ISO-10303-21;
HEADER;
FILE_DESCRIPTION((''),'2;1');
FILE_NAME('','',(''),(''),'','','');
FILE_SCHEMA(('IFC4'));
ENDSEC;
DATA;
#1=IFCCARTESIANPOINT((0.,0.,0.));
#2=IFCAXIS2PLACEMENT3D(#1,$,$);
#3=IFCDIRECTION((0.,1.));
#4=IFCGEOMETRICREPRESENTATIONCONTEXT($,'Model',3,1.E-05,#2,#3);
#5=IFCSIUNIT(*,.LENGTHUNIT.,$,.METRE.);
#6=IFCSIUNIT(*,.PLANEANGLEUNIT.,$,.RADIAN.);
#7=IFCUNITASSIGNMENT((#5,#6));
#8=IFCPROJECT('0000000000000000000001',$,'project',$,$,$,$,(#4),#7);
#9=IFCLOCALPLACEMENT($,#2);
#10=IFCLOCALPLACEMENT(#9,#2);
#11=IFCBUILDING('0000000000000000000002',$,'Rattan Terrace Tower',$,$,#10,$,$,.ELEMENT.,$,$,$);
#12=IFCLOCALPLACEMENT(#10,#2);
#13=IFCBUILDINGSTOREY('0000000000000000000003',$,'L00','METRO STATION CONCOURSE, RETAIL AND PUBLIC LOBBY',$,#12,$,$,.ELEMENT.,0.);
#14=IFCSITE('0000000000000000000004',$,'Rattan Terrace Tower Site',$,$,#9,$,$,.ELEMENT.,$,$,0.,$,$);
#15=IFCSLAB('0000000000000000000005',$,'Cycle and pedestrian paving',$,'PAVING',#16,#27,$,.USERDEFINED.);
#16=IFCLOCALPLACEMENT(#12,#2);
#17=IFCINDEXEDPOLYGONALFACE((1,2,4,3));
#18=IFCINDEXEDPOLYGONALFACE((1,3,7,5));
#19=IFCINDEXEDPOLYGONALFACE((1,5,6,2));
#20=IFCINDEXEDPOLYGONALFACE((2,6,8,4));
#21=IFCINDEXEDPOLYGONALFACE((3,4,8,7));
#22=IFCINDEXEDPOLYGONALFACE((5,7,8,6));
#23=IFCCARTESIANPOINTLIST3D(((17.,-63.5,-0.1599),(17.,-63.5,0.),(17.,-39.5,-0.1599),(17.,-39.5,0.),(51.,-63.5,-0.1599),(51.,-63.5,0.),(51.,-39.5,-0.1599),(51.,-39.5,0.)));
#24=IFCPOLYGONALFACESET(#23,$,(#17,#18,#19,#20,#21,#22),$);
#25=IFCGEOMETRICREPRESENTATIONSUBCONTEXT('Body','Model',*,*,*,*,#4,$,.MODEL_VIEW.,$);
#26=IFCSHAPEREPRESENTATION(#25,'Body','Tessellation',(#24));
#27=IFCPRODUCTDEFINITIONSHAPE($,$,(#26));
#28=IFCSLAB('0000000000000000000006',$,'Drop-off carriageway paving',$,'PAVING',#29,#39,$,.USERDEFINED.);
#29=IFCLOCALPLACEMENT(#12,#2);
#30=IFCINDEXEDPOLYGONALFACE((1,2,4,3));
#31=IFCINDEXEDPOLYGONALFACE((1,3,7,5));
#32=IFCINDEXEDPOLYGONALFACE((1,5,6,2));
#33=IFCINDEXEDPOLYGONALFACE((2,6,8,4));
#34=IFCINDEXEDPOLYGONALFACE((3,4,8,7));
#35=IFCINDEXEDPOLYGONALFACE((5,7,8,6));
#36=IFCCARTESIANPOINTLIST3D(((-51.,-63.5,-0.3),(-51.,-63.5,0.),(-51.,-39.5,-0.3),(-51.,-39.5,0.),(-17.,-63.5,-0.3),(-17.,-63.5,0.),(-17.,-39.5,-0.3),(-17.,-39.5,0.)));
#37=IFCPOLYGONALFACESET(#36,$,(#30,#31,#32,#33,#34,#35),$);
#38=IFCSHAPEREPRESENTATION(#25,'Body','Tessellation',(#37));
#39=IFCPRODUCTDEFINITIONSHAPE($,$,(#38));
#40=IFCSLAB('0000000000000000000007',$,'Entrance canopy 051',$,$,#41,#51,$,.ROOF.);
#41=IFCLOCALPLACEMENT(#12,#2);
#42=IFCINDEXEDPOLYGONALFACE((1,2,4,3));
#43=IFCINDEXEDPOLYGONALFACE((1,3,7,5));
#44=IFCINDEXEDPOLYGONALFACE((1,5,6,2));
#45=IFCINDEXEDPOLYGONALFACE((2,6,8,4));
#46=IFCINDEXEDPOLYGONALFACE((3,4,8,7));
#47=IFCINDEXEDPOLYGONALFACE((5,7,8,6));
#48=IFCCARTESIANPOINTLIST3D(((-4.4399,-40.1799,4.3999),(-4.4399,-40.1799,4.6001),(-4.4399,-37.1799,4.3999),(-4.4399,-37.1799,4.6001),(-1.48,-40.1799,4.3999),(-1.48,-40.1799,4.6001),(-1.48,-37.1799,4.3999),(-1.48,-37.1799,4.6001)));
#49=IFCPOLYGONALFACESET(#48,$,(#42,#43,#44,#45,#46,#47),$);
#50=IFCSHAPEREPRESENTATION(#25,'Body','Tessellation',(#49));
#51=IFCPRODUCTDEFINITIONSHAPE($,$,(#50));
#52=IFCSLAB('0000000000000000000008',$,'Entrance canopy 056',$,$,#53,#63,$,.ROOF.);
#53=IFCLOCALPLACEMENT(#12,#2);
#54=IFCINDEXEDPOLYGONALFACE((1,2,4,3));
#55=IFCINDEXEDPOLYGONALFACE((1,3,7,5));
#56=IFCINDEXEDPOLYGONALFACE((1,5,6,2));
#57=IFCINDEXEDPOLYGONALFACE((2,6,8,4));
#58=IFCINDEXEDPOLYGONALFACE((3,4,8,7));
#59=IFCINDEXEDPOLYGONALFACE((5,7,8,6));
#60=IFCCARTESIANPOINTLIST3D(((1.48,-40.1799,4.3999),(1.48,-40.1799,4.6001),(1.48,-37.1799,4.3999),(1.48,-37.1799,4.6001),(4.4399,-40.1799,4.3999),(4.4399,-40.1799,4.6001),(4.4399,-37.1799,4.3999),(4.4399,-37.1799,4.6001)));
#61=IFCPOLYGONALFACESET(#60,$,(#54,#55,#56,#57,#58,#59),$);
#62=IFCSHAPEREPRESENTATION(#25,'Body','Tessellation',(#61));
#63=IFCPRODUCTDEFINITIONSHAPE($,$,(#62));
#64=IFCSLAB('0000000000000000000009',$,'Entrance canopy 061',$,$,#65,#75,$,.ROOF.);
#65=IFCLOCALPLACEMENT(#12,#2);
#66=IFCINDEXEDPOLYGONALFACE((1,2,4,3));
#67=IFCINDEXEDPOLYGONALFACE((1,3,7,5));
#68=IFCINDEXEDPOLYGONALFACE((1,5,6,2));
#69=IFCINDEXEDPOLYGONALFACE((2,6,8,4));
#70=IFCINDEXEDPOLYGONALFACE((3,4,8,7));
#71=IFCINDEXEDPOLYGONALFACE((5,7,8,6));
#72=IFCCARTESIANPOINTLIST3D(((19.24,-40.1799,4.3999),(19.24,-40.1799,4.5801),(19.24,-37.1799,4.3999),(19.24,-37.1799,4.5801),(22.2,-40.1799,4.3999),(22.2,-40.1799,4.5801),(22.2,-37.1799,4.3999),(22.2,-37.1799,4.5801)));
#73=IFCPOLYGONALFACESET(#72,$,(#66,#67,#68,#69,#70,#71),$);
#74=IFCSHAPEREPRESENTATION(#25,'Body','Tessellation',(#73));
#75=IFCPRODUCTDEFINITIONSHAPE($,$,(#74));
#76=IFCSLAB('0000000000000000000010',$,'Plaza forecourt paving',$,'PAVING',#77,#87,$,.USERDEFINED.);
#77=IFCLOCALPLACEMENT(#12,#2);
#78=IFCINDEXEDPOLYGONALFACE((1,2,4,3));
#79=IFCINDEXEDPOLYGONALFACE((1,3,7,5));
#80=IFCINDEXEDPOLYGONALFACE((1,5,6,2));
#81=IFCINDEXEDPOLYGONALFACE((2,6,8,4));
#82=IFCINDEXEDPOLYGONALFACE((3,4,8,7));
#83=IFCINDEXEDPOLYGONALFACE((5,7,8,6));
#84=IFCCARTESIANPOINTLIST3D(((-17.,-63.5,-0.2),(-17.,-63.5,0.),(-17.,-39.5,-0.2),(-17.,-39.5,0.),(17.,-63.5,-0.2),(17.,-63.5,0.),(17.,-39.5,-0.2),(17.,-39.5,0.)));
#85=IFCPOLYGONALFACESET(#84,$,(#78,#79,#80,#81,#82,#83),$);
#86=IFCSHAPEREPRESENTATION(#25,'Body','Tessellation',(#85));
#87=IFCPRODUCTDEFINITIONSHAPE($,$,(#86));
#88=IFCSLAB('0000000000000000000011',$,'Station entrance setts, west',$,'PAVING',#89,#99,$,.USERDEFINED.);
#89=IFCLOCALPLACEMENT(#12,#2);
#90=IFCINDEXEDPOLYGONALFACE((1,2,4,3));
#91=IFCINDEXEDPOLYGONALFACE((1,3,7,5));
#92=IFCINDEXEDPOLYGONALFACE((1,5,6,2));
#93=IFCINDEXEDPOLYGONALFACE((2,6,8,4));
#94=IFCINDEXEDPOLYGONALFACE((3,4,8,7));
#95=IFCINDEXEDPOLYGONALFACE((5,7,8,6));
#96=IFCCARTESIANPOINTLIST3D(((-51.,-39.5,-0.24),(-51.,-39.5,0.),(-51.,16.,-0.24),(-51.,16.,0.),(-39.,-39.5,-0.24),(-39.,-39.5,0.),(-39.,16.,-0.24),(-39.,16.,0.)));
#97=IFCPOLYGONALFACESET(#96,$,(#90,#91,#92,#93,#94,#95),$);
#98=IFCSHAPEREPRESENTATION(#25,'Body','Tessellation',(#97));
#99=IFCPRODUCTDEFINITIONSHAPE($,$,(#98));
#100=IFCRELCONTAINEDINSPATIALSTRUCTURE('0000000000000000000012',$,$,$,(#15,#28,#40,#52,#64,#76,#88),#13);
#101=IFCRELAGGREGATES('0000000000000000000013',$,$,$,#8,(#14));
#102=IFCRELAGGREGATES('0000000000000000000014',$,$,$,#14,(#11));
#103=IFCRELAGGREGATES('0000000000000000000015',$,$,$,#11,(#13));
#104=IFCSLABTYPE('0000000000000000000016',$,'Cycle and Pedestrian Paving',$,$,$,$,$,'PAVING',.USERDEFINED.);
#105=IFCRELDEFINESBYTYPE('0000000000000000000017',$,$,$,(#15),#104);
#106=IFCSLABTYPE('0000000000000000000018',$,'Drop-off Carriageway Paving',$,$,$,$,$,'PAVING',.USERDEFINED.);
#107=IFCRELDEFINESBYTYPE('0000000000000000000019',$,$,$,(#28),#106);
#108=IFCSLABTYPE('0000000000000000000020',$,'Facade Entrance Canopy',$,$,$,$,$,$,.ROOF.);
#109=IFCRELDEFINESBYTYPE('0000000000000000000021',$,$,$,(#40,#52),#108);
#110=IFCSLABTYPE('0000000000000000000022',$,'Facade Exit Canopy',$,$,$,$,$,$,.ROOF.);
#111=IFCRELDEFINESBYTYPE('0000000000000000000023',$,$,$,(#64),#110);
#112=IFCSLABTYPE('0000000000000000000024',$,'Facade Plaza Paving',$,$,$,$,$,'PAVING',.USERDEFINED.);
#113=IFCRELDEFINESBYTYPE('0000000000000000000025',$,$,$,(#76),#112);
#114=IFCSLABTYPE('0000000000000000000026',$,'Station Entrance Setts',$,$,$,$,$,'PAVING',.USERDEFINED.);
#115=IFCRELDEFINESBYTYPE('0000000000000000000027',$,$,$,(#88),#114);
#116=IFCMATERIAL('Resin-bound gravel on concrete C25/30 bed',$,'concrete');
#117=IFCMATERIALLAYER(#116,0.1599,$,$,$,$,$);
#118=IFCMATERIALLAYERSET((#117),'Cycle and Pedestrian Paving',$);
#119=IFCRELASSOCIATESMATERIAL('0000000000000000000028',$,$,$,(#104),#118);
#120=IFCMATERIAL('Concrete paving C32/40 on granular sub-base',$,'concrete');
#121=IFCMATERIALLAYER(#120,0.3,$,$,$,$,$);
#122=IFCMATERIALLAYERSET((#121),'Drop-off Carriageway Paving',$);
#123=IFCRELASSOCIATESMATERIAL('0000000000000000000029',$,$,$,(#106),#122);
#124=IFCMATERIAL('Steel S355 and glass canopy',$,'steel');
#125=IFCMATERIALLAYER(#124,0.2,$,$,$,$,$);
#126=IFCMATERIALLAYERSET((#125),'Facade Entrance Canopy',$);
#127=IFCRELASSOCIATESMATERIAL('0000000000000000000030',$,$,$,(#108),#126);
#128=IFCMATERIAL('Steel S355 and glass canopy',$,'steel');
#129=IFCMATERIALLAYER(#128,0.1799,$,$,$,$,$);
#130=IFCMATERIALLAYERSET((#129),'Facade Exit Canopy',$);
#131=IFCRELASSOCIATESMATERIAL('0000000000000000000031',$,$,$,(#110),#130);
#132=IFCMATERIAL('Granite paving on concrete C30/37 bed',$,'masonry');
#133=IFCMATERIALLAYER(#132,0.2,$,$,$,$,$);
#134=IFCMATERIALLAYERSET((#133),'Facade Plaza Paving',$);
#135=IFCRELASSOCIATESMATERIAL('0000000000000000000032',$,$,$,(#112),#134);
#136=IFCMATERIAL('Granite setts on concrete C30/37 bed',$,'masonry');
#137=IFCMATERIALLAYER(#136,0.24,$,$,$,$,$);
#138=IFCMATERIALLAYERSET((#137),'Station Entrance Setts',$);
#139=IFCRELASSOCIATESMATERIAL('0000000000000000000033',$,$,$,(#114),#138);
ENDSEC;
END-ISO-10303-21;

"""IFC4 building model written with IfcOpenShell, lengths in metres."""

from ifc_helpers import new_model, si_unit, direction, frame, origin, place, context, subcontext, project, spatial, polyline, outline, extrude, material, layer, layer_set, type_object, element, save


model = new_model("IFC4")

# Units and contexts
model_context = context("Model", 3, precision=1e-05, world=origin(), true_north=direction((0.0, 1.0)))
body_context = subcontext(model_context, "Body", "Model", "MODEL_VIEW")
ifc_project = project(units=[si_unit("LENGTHUNIT", "METRE"), si_unit("PLANEANGLEUNIT", "RADIAN")], contexts=[model_context])

# Site, building, storey
site_placement = place(None, origin())
site = spatial("IfcSite", under=ifc_project, at=site_placement, Name="Rattan Terrace Tower Site", CompositionType="ELEMENT", RefElevation=0.0)
building_placement = place(site_placement, origin())
building = spatial("IfcBuilding", under=site, at=building_placement, Name="Rattan Terrace Tower", CompositionType="ELEMENT")
storey_placement = place(building_placement, origin())
storey = spatial("IfcBuildingStorey", under=building, at=storey_placement, Name="L00", Description="METRO STATION CONCOURSE, RETAIL AND PUBLIC LOBBY", CompositionType="ELEMENT", Elevation=0.0)

# Slabs
ifc_material_1 = material(Name="Resin-bound gravel on concrete C25/30 bed", Category="concrete")
ifc_layer_1 = layer(ifc_material_1, 0.1599)
ifc_layer_set_1 = layer_set([ifc_layer_1], Name="Cycle and Pedestrian Paving")
slab_type_1 = type_object("IfcSlabType", Name="Cycle and Pedestrian Paving", ElementType="PAVING", PredefinedType="USERDEFINED", material=ifc_layer_set_1)
slab_1_placement = place(storey_placement, frame((0.0, 0.0, -0.1599)))
element("IfcSlab", 1, at=slab_1_placement, inside=storey, type_object=slab_type_1, Name="Cycle and pedestrian paving", ObjectType="PAVING", PredefinedType="USERDEFINED", context=body_context, shape_type="SweptSolid", body=[
    extrude(outline(polyline([(51.0, -63.5), (51.0, -39.5), (17.0, -39.5), (17.0, -63.5), (51.0, -63.5)])), origin(), (0.0, 0.0, 1.0), 0.1599),
])
ifc_material_2 = material(Name="Concrete paving C32/40 on granular sub-base", Category="concrete")
ifc_layer_2 = layer(ifc_material_2, 0.3)
ifc_layer_set_2 = layer_set([ifc_layer_2], Name="Drop-off Carriageway Paving")
slab_type_2 = type_object("IfcSlabType", Name="Drop-off Carriageway Paving", ElementType="PAVING", PredefinedType="USERDEFINED", material=ifc_layer_set_2)
slab_2_placement = place(storey_placement, frame((0.0, 0.0, -0.3)))
element("IfcSlab", 2, at=slab_2_placement, inside=storey, type_object=slab_type_2, Name="Drop-off carriageway paving", ObjectType="PAVING", PredefinedType="USERDEFINED", context=body_context, shape_type="SweptSolid", body=[
    extrude(outline(polyline([(-17.0, -63.5), (-17.0, -39.5), (-51.0, -39.5), (-51.0, -63.5), (-17.0, -63.5)])), origin(), (0.0, 0.0, 1.0), 0.3),
])
ifc_material_3 = material(Name="Steel S355 and glass canopy", Category="steel")
ifc_layer_3 = layer(ifc_material_3, 0.2)
ifc_layer_set_3 = layer_set([ifc_layer_3], Name="Facade Entrance Canopy")
slab_type_3 = type_object("IfcSlabType", Name="Facade Entrance Canopy", PredefinedType="ROOF", material=ifc_layer_set_3)
slab_3_placement = place(storey_placement, frame((0.0, 0.0, 4.3999)))
element("IfcSlab", 3, at=slab_3_placement, inside=storey, type_object=slab_type_3, Name="Entrance canopy 051", PredefinedType="ROOF", context=body_context, shape_type="SweptSolid", body=[
    extrude(outline(polyline([(-4.4399, -37.1799), (-1.48, -37.1799), (-1.48, -40.1799), (-4.4399, -40.1799), (-4.4399, -37.1799)])), origin(), (0.0, 0.0, 1.0), 0.2002),
])
slab_4_placement = place(storey_placement, frame((0.0, 0.0, 4.3999)))
element("IfcSlab", 4, at=slab_4_placement, inside=storey, type_object=slab_type_3, Name="Entrance canopy 056", PredefinedType="ROOF", context=body_context, shape_type="SweptSolid", body=[
    extrude(outline(polyline([(1.48, -37.1799), (4.4399, -37.1799), (4.4399, -40.1799), (1.48, -40.1799), (1.48, -37.1799)])), origin(), (0.0, 0.0, 1.0), 0.2002),
])
ifc_material_4 = material(Name="Steel S355 and glass canopy", Category="steel")
ifc_layer_4 = layer(ifc_material_4, 0.1799)
ifc_layer_set_4 = layer_set([ifc_layer_4], Name="Facade Exit Canopy")
slab_type_4 = type_object("IfcSlabType", Name="Facade Exit Canopy", PredefinedType="ROOF", material=ifc_layer_set_4)
slab_5_placement = place(storey_placement, frame((0.0, 0.0, 4.3999)))
element("IfcSlab", 5, at=slab_5_placement, inside=storey, type_object=slab_type_4, Name="Entrance canopy 061", PredefinedType="ROOF", context=body_context, shape_type="SweptSolid", body=[
    extrude(outline(polyline([(19.24, -37.1799), (22.2, -37.1799), (22.2, -40.1799), (19.24, -40.1799), (19.24, -37.1799)])), origin(), (0.0, 0.0, 1.0), 0.1802),
])
ifc_material_5 = material(Name="Granite paving on concrete C30/37 bed", Category="masonry")
ifc_layer_5 = layer(ifc_material_5, 0.2)
ifc_layer_set_5 = layer_set([ifc_layer_5], Name="Facade Plaza Paving")
slab_type_5 = type_object("IfcSlabType", Name="Facade Plaza Paving", ElementType="PAVING", PredefinedType="USERDEFINED", material=ifc_layer_set_5)
slab_6_placement = place(storey_placement, frame((0.0, 0.0, -0.2)))
element("IfcSlab", 6, at=slab_6_placement, inside=storey, type_object=slab_type_5, Name="Plaza forecourt paving", ObjectType="PAVING", PredefinedType="USERDEFINED", context=body_context, shape_type="SweptSolid", body=[
    extrude(outline(polyline([(17.0, -63.5), (17.0, -39.5), (-17.0, -39.5), (-17.0, -63.5), (17.0, -63.5)])), origin(), (0.0, 0.0, 1.0), 0.2),
])
ifc_material_6 = material(Name="Granite setts on concrete C30/37 bed", Category="masonry")
ifc_layer_6 = layer(ifc_material_6, 0.24)
ifc_layer_set_6 = layer_set([ifc_layer_6], Name="Station Entrance Setts")
slab_type_6 = type_object("IfcSlabType", Name="Station Entrance Setts", ElementType="PAVING", PredefinedType="USERDEFINED", material=ifc_layer_set_6)
slab_7_placement = place(storey_placement, frame((0.0, 0.0, -0.24)))
element("IfcSlab", 7, at=slab_7_placement, inside=storey, type_object=slab_type_6, Name="Station entrance setts, west", ObjectType="PAVING", PredefinedType="USERDEFINED", context=body_context, shape_type="SweptSolid", body=[
    extrude(outline(polyline([(-39.0, -39.5), (-39.0, 16.0), (-51.0, 16.0), (-51.0, -39.5), (-39.0, -39.5)])), origin(), (0.0, 0.0, 1.0), 0.24),
])

save(model, "model.ifc")
